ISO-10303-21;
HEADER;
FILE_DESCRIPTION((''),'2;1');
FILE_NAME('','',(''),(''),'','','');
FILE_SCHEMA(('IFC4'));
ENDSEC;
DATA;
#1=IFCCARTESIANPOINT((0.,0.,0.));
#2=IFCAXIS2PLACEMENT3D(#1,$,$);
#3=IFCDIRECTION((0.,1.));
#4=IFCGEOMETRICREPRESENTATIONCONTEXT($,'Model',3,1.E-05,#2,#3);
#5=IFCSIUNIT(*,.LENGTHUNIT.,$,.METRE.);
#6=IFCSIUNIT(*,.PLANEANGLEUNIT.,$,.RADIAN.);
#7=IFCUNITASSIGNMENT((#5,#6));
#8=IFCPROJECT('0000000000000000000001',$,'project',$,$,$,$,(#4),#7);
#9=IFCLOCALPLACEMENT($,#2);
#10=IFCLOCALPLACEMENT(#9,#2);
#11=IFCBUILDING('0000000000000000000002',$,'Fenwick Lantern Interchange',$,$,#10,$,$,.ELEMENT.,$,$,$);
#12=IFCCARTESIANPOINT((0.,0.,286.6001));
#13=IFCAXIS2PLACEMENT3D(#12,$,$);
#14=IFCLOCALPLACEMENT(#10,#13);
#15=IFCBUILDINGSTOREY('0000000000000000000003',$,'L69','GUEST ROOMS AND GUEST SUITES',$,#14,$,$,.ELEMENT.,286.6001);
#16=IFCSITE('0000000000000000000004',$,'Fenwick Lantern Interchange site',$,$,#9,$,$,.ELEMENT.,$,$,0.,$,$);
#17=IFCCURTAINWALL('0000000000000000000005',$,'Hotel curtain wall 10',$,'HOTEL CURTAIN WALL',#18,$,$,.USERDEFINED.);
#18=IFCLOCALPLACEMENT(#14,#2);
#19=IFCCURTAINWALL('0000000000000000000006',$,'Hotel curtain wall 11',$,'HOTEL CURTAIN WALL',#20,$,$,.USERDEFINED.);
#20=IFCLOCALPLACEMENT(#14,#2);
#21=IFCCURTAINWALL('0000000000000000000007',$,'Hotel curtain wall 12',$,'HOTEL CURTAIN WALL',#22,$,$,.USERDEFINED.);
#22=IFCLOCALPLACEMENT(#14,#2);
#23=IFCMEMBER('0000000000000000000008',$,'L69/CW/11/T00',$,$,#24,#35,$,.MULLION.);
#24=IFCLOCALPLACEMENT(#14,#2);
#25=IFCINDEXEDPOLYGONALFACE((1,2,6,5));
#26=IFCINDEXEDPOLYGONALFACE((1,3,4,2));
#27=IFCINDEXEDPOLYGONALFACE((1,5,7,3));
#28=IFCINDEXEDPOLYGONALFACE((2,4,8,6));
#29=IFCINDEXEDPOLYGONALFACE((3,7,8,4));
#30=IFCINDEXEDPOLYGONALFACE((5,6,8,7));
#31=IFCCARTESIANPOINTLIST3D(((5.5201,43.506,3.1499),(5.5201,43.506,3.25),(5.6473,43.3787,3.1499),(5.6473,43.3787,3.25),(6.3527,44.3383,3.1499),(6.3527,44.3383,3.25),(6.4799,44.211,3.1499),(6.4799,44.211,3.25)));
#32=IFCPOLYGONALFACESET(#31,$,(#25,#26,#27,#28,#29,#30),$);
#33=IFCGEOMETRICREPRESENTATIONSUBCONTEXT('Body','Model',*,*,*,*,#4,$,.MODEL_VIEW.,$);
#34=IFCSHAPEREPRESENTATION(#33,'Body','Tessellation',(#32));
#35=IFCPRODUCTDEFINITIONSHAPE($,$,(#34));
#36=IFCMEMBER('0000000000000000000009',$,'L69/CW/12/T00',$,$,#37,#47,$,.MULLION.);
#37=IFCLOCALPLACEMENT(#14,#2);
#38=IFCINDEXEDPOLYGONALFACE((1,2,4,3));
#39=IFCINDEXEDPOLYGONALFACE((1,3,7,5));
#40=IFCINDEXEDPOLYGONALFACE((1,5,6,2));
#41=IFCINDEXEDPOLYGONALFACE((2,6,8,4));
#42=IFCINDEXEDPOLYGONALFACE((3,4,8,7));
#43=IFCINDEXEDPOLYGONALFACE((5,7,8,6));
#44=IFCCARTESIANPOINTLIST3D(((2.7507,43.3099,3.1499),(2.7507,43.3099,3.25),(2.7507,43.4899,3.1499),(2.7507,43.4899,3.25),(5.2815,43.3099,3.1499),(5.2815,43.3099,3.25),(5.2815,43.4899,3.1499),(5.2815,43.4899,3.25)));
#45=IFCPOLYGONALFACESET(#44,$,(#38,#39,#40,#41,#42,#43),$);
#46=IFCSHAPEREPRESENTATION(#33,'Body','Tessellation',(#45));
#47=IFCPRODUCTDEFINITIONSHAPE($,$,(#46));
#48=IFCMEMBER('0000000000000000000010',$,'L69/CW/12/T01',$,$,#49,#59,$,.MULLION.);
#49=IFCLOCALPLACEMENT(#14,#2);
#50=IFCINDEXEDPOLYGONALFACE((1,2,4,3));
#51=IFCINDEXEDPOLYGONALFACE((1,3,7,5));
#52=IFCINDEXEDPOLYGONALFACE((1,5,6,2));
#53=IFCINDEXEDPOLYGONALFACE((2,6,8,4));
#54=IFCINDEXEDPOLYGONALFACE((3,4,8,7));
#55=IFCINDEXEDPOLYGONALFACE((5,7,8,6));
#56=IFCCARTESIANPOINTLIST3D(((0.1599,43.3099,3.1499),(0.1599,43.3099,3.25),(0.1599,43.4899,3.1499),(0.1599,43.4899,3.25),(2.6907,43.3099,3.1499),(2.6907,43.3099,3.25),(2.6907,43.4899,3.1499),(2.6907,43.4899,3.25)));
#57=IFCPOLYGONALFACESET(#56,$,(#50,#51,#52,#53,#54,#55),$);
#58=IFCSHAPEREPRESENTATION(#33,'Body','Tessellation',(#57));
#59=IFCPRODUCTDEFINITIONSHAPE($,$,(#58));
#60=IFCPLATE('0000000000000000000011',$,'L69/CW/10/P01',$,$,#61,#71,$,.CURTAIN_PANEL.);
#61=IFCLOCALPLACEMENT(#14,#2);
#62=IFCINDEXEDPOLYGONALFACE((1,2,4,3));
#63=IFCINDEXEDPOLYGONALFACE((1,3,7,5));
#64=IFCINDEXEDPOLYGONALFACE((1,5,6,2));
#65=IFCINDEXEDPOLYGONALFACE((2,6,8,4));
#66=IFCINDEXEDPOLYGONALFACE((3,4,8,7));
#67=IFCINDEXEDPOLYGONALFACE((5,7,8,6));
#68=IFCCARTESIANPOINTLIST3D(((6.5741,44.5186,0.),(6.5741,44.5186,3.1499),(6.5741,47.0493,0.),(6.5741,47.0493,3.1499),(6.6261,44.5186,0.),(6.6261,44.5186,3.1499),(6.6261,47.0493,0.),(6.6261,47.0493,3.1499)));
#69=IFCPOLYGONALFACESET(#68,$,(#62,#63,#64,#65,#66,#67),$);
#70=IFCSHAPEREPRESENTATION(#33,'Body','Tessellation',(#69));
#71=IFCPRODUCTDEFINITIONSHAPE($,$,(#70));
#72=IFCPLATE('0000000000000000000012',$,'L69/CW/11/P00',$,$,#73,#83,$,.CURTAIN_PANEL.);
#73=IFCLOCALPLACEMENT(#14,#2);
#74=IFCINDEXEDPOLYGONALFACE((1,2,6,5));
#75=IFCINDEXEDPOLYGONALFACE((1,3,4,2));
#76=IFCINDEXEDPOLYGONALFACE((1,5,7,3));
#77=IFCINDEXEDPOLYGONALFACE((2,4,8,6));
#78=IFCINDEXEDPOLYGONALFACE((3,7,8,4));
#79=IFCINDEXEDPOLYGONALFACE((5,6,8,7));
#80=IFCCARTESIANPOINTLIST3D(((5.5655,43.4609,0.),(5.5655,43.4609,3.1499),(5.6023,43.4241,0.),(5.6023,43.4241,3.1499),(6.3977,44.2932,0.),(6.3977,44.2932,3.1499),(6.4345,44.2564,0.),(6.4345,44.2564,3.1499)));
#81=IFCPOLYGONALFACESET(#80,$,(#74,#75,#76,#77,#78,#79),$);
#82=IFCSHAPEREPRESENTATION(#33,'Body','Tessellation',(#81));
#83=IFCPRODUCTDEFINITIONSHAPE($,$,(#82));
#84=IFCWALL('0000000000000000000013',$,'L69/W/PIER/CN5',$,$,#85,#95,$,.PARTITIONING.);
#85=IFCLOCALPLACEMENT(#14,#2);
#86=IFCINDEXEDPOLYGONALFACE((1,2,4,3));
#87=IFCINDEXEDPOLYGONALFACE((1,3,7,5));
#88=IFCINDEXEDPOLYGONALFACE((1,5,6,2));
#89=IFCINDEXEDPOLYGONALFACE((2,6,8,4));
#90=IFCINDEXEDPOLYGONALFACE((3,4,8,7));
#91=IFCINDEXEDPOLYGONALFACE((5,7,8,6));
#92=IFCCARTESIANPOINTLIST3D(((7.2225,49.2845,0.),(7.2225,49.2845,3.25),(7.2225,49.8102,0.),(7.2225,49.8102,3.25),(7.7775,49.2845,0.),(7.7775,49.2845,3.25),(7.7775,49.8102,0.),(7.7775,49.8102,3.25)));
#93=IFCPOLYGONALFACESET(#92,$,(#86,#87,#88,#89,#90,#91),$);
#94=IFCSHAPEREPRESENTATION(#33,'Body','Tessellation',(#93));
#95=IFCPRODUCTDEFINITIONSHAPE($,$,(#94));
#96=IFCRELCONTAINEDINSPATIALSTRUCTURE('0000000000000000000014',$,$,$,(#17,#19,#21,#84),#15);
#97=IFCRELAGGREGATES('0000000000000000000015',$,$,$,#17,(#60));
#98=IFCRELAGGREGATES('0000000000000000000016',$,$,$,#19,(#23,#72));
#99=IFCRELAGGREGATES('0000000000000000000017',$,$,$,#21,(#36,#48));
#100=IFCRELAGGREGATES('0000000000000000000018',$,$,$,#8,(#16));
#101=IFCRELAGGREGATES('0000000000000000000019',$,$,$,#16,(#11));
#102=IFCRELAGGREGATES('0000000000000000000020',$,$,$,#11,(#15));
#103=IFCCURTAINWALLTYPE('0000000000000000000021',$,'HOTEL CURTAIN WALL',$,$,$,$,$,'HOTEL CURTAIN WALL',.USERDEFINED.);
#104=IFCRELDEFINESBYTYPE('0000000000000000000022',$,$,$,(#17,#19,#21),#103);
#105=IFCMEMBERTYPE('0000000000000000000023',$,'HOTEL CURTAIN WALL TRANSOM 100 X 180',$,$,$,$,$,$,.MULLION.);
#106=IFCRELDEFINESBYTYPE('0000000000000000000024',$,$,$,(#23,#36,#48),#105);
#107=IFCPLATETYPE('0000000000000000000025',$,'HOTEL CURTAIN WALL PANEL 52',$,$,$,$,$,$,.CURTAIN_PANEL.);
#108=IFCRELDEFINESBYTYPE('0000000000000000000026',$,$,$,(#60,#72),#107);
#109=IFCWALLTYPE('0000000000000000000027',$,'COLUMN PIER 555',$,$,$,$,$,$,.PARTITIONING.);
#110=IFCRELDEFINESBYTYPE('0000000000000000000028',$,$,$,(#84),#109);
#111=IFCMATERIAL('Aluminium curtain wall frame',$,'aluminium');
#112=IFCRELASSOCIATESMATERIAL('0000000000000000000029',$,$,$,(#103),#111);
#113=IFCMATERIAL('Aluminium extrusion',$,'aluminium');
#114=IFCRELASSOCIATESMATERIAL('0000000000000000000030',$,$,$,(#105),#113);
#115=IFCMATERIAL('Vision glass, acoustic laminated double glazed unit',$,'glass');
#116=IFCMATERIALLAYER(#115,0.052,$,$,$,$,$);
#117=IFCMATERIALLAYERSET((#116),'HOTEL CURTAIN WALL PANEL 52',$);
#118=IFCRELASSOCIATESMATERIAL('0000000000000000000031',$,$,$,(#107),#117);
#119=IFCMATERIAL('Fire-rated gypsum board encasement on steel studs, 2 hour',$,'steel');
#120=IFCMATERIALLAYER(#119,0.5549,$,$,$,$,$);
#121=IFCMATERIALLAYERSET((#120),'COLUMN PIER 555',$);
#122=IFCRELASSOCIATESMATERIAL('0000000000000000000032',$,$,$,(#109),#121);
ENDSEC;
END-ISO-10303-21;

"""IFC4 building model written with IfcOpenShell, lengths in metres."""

from ifc_helpers import new_model, si_unit, direction, frame, frame_2d, origin, origin_2d, place, context, subcontext, project, spatial, rectangle, extrude, material, layer, layer_set, material_profile, profile_set, type_object, element, aggregate, save


model = new_model("IFC4")

# Units and contexts
model_context = context("Model", 3, precision=1e-05, world=origin(), true_north=direction((0.0, 1.0)))
body_context = subcontext(model_context, "Body", "Model", "MODEL_VIEW")
ifc_project = project(units=[si_unit("LENGTHUNIT", "METRE"), si_unit("PLANEANGLEUNIT", "RADIAN")], contexts=[model_context])

# Site, building, storey
site_placement = place(None, origin())
site = spatial("IfcSite", under=ifc_project, at=site_placement, Name="Fenwick Lantern Interchange site", CompositionType="ELEMENT", RefElevation=0.0)
building_placement = place(site_placement, origin())
building = spatial("IfcBuilding", under=site, at=building_placement, Name="Fenwick Lantern Interchange", CompositionType="ELEMENT")
storey_placement = place(building_placement, frame((0.0, 0.0, 286.6001)))
storey = spatial("IfcBuildingStorey", under=building, at=storey_placement, Name="L69", Description="GUEST ROOMS AND GUEST SUITES", CompositionType="ELEMENT", Elevation=286.6001)

# Shared definitions
ifc_material_1 = material(Name="Aluminium curtain wall frame", Category="aluminium")
curtain_wall_type = type_object("IfcCurtainWallType", Name="HOTEL CURTAIN WALL", ElementType="HOTEL CURTAIN WALL", PredefinedType="USERDEFINED", material=ifc_material_1)
ifc_material_2 = material(Name="Aluminium extrusion", Category="aluminium")

# Curtain walls
curtain_wall_1_placement = place(storey_placement, origin())
curtain_wall_1 = element("IfcCurtainWall", 1, at=curtain_wall_1_placement, inside=storey, type_object=curtain_wall_type, Name="Hotel curtain wall 10", ObjectType="HOTEL CURTAIN WALL", PredefinedType="USERDEFINED")
curtain_wall_2_placement = place(storey_placement, origin())
curtain_wall_2 = element("IfcCurtainWall", 2, at=curtain_wall_2_placement, inside=storey, type_object=curtain_wall_type, Name="Hotel curtain wall 11", ObjectType="HOTEL CURTAIN WALL", PredefinedType="USERDEFINED")
curtain_wall_3_placement = place(storey_placement, origin())
curtain_wall_3 = element("IfcCurtainWall", 3, at=curtain_wall_3_placement, inside=storey, type_object=curtain_wall_type, Name="Hotel curtain wall 12", ObjectType="HOTEL CURTAIN WALL", PredefinedType="USERDEFINED")

# Members
ifc_material_profile_1 = material_profile(ifc_material_2, rectangle(XDim=0.1799, YDim=0.1001, at=origin_2d()), Name="HOTEL CURTAIN WALL TRANSOM 100 X 180")
ifc_profile_set_1 = profile_set([ifc_material_profile_1], Name="Aluminium extrusion")
member_type_1 = type_object("IfcMemberType", Name="HOTEL CURTAIN WALL TRANSOM 100 X 180", PredefinedType="MULLION", material=ifc_profile_set_1)
member_1_placement = place(storey_placement, frame((6.4163, 44.2747, 3.2), z_axis=(-0.70721, -0.707003, 0.0), x_axis=(0.707003, -0.70721, 0.0)))
member_1 = element("IfcMember", 4, at=member_1_placement, type_object=member_type_1, Name="L69/CW/11/T00", PredefinedType="MULLION", context=body_context, shape_type="SweptSolid", body=[
    extrude(rectangle(XDim=0.1799, YDim=0.1001, at=origin_2d()), origin(), (0.0, 0.0, 1.0), 1.1772),
])
member_2_placement = place(storey_placement, frame((5.2815, 43.3999, 3.2), z_axis=(-1.0, 0.0, 0.0), x_axis=(0.0, -1.0, 0.0)))
member_2 = element("IfcMember", 5, at=member_2_placement, type_object=member_type_1, Name="L69/CW/12/T00", PredefinedType="MULLION", context=body_context, shape_type="SweptSolid", body=[
    extrude(rectangle(XDim=0.1799, YDim=0.1001, at=origin_2d()), origin(), (0.0, 0.0, 1.0), 2.5308),
])
member_3_placement = place(storey_placement, frame((2.6907, 43.3999, 3.2), z_axis=(-1.0, 0.0, 0.0), x_axis=(0.0, -1.0, 0.0)))
member_3 = element("IfcMember", 6, at=member_3_placement, type_object=member_type_1, Name="L69/CW/12/T01", PredefinedType="MULLION", context=body_context, shape_type="SweptSolid", body=[
    extrude(rectangle(XDim=0.1799, YDim=0.1001, at=origin_2d()), origin(), (0.0, 0.0, 1.0), 2.5308),
])

# Plates
ifc_material_3 = material(Name="Vision glass, acoustic laminated double glazed unit", Category="glass")
ifc_layer_1 = layer(ifc_material_3, 0.052)
ifc_layer_set_1 = layer_set([ifc_layer_1], Name="HOTEL CURTAIN WALL PANEL 52")
plate_type = type_object("IfcPlateType", Name="HOTEL CURTAIN WALL PANEL 52", PredefinedType="CURTAIN_PANEL", material=ifc_layer_set_1)
plate_1_placement = place(storey_placement, frame((6.6001, 45.7839, 0.0), z_axis=(0.0, 0.0, 1.0), x_axis=(0.0, -1.0, 0.0)))
plate_1 = element("IfcPlate", 7, at=plate_1_placement, type_object=plate_type, Name="L69/CW/10/P01", PredefinedType="CURTAIN_PANEL", context=body_context, shape_type="SweptSolid", body=[
    extrude(rectangle(XDim=2.5308, YDim=0.052, at=origin_2d()), origin(), (0.0, 0.0, 1.0), 3.1499),
])
aggregate(curtain_wall_1, [plate_1])
plate_2_placement = place(storey_placement, frame((6.0, 43.8586, 0.0), z_axis=(0.0, 0.0, 1.0), x_axis=(-0.707107, -0.707107, 0.0)))
plate_2 = element("IfcPlate", 8, at=plate_2_placement, type_object=plate_type, Name="L69/CW/11/P00", PredefinedType="CURTAIN_PANEL", context=body_context, shape_type="SweptSolid", body=[
    extrude(rectangle(XDim=1.177, YDim=0.052, at=origin_2d()), origin(), (0.0, 0.0, 1.0), 3.1499),
])
aggregate(curtain_wall_2, [member_1, plate_2])
aggregate(curtain_wall_3, [member_2, member_3])

# Wall
ifc_material_4 = material(Name="Fire-rated gypsum board encasement on steel studs, 2 hour", Category="steel")
ifc_layer_2 = layer(ifc_material_4, 0.5549)
ifc_layer_set_2 = layer_set([ifc_layer_2], Name="COLUMN PIER 555")
wall_type = type_object("IfcWallType", Name="COLUMN PIER 555", PredefinedType="PARTITIONING", material=ifc_layer_set_2)
wall_placement = place(storey_placement, frame((7.5, 49.8101, 0.0), z_axis=(0.0, 0.0, 1.0), x_axis=(0.0, -1.0, 0.0)))
element("IfcWall", 9, at=wall_placement, inside=storey, type_object=wall_type, Name="L69/W/PIER/CN5", PredefinedType="PARTITIONING", context=body_context, shape_type="SweptSolid", body=[
    extrude(rectangle(XDim=0.5256, YDim=0.5549, at=frame_2d((0.2627, 0.0))), origin(), (0.0, 0.0, 1.0), 3.25),
])

save(model, "model.ifc")
